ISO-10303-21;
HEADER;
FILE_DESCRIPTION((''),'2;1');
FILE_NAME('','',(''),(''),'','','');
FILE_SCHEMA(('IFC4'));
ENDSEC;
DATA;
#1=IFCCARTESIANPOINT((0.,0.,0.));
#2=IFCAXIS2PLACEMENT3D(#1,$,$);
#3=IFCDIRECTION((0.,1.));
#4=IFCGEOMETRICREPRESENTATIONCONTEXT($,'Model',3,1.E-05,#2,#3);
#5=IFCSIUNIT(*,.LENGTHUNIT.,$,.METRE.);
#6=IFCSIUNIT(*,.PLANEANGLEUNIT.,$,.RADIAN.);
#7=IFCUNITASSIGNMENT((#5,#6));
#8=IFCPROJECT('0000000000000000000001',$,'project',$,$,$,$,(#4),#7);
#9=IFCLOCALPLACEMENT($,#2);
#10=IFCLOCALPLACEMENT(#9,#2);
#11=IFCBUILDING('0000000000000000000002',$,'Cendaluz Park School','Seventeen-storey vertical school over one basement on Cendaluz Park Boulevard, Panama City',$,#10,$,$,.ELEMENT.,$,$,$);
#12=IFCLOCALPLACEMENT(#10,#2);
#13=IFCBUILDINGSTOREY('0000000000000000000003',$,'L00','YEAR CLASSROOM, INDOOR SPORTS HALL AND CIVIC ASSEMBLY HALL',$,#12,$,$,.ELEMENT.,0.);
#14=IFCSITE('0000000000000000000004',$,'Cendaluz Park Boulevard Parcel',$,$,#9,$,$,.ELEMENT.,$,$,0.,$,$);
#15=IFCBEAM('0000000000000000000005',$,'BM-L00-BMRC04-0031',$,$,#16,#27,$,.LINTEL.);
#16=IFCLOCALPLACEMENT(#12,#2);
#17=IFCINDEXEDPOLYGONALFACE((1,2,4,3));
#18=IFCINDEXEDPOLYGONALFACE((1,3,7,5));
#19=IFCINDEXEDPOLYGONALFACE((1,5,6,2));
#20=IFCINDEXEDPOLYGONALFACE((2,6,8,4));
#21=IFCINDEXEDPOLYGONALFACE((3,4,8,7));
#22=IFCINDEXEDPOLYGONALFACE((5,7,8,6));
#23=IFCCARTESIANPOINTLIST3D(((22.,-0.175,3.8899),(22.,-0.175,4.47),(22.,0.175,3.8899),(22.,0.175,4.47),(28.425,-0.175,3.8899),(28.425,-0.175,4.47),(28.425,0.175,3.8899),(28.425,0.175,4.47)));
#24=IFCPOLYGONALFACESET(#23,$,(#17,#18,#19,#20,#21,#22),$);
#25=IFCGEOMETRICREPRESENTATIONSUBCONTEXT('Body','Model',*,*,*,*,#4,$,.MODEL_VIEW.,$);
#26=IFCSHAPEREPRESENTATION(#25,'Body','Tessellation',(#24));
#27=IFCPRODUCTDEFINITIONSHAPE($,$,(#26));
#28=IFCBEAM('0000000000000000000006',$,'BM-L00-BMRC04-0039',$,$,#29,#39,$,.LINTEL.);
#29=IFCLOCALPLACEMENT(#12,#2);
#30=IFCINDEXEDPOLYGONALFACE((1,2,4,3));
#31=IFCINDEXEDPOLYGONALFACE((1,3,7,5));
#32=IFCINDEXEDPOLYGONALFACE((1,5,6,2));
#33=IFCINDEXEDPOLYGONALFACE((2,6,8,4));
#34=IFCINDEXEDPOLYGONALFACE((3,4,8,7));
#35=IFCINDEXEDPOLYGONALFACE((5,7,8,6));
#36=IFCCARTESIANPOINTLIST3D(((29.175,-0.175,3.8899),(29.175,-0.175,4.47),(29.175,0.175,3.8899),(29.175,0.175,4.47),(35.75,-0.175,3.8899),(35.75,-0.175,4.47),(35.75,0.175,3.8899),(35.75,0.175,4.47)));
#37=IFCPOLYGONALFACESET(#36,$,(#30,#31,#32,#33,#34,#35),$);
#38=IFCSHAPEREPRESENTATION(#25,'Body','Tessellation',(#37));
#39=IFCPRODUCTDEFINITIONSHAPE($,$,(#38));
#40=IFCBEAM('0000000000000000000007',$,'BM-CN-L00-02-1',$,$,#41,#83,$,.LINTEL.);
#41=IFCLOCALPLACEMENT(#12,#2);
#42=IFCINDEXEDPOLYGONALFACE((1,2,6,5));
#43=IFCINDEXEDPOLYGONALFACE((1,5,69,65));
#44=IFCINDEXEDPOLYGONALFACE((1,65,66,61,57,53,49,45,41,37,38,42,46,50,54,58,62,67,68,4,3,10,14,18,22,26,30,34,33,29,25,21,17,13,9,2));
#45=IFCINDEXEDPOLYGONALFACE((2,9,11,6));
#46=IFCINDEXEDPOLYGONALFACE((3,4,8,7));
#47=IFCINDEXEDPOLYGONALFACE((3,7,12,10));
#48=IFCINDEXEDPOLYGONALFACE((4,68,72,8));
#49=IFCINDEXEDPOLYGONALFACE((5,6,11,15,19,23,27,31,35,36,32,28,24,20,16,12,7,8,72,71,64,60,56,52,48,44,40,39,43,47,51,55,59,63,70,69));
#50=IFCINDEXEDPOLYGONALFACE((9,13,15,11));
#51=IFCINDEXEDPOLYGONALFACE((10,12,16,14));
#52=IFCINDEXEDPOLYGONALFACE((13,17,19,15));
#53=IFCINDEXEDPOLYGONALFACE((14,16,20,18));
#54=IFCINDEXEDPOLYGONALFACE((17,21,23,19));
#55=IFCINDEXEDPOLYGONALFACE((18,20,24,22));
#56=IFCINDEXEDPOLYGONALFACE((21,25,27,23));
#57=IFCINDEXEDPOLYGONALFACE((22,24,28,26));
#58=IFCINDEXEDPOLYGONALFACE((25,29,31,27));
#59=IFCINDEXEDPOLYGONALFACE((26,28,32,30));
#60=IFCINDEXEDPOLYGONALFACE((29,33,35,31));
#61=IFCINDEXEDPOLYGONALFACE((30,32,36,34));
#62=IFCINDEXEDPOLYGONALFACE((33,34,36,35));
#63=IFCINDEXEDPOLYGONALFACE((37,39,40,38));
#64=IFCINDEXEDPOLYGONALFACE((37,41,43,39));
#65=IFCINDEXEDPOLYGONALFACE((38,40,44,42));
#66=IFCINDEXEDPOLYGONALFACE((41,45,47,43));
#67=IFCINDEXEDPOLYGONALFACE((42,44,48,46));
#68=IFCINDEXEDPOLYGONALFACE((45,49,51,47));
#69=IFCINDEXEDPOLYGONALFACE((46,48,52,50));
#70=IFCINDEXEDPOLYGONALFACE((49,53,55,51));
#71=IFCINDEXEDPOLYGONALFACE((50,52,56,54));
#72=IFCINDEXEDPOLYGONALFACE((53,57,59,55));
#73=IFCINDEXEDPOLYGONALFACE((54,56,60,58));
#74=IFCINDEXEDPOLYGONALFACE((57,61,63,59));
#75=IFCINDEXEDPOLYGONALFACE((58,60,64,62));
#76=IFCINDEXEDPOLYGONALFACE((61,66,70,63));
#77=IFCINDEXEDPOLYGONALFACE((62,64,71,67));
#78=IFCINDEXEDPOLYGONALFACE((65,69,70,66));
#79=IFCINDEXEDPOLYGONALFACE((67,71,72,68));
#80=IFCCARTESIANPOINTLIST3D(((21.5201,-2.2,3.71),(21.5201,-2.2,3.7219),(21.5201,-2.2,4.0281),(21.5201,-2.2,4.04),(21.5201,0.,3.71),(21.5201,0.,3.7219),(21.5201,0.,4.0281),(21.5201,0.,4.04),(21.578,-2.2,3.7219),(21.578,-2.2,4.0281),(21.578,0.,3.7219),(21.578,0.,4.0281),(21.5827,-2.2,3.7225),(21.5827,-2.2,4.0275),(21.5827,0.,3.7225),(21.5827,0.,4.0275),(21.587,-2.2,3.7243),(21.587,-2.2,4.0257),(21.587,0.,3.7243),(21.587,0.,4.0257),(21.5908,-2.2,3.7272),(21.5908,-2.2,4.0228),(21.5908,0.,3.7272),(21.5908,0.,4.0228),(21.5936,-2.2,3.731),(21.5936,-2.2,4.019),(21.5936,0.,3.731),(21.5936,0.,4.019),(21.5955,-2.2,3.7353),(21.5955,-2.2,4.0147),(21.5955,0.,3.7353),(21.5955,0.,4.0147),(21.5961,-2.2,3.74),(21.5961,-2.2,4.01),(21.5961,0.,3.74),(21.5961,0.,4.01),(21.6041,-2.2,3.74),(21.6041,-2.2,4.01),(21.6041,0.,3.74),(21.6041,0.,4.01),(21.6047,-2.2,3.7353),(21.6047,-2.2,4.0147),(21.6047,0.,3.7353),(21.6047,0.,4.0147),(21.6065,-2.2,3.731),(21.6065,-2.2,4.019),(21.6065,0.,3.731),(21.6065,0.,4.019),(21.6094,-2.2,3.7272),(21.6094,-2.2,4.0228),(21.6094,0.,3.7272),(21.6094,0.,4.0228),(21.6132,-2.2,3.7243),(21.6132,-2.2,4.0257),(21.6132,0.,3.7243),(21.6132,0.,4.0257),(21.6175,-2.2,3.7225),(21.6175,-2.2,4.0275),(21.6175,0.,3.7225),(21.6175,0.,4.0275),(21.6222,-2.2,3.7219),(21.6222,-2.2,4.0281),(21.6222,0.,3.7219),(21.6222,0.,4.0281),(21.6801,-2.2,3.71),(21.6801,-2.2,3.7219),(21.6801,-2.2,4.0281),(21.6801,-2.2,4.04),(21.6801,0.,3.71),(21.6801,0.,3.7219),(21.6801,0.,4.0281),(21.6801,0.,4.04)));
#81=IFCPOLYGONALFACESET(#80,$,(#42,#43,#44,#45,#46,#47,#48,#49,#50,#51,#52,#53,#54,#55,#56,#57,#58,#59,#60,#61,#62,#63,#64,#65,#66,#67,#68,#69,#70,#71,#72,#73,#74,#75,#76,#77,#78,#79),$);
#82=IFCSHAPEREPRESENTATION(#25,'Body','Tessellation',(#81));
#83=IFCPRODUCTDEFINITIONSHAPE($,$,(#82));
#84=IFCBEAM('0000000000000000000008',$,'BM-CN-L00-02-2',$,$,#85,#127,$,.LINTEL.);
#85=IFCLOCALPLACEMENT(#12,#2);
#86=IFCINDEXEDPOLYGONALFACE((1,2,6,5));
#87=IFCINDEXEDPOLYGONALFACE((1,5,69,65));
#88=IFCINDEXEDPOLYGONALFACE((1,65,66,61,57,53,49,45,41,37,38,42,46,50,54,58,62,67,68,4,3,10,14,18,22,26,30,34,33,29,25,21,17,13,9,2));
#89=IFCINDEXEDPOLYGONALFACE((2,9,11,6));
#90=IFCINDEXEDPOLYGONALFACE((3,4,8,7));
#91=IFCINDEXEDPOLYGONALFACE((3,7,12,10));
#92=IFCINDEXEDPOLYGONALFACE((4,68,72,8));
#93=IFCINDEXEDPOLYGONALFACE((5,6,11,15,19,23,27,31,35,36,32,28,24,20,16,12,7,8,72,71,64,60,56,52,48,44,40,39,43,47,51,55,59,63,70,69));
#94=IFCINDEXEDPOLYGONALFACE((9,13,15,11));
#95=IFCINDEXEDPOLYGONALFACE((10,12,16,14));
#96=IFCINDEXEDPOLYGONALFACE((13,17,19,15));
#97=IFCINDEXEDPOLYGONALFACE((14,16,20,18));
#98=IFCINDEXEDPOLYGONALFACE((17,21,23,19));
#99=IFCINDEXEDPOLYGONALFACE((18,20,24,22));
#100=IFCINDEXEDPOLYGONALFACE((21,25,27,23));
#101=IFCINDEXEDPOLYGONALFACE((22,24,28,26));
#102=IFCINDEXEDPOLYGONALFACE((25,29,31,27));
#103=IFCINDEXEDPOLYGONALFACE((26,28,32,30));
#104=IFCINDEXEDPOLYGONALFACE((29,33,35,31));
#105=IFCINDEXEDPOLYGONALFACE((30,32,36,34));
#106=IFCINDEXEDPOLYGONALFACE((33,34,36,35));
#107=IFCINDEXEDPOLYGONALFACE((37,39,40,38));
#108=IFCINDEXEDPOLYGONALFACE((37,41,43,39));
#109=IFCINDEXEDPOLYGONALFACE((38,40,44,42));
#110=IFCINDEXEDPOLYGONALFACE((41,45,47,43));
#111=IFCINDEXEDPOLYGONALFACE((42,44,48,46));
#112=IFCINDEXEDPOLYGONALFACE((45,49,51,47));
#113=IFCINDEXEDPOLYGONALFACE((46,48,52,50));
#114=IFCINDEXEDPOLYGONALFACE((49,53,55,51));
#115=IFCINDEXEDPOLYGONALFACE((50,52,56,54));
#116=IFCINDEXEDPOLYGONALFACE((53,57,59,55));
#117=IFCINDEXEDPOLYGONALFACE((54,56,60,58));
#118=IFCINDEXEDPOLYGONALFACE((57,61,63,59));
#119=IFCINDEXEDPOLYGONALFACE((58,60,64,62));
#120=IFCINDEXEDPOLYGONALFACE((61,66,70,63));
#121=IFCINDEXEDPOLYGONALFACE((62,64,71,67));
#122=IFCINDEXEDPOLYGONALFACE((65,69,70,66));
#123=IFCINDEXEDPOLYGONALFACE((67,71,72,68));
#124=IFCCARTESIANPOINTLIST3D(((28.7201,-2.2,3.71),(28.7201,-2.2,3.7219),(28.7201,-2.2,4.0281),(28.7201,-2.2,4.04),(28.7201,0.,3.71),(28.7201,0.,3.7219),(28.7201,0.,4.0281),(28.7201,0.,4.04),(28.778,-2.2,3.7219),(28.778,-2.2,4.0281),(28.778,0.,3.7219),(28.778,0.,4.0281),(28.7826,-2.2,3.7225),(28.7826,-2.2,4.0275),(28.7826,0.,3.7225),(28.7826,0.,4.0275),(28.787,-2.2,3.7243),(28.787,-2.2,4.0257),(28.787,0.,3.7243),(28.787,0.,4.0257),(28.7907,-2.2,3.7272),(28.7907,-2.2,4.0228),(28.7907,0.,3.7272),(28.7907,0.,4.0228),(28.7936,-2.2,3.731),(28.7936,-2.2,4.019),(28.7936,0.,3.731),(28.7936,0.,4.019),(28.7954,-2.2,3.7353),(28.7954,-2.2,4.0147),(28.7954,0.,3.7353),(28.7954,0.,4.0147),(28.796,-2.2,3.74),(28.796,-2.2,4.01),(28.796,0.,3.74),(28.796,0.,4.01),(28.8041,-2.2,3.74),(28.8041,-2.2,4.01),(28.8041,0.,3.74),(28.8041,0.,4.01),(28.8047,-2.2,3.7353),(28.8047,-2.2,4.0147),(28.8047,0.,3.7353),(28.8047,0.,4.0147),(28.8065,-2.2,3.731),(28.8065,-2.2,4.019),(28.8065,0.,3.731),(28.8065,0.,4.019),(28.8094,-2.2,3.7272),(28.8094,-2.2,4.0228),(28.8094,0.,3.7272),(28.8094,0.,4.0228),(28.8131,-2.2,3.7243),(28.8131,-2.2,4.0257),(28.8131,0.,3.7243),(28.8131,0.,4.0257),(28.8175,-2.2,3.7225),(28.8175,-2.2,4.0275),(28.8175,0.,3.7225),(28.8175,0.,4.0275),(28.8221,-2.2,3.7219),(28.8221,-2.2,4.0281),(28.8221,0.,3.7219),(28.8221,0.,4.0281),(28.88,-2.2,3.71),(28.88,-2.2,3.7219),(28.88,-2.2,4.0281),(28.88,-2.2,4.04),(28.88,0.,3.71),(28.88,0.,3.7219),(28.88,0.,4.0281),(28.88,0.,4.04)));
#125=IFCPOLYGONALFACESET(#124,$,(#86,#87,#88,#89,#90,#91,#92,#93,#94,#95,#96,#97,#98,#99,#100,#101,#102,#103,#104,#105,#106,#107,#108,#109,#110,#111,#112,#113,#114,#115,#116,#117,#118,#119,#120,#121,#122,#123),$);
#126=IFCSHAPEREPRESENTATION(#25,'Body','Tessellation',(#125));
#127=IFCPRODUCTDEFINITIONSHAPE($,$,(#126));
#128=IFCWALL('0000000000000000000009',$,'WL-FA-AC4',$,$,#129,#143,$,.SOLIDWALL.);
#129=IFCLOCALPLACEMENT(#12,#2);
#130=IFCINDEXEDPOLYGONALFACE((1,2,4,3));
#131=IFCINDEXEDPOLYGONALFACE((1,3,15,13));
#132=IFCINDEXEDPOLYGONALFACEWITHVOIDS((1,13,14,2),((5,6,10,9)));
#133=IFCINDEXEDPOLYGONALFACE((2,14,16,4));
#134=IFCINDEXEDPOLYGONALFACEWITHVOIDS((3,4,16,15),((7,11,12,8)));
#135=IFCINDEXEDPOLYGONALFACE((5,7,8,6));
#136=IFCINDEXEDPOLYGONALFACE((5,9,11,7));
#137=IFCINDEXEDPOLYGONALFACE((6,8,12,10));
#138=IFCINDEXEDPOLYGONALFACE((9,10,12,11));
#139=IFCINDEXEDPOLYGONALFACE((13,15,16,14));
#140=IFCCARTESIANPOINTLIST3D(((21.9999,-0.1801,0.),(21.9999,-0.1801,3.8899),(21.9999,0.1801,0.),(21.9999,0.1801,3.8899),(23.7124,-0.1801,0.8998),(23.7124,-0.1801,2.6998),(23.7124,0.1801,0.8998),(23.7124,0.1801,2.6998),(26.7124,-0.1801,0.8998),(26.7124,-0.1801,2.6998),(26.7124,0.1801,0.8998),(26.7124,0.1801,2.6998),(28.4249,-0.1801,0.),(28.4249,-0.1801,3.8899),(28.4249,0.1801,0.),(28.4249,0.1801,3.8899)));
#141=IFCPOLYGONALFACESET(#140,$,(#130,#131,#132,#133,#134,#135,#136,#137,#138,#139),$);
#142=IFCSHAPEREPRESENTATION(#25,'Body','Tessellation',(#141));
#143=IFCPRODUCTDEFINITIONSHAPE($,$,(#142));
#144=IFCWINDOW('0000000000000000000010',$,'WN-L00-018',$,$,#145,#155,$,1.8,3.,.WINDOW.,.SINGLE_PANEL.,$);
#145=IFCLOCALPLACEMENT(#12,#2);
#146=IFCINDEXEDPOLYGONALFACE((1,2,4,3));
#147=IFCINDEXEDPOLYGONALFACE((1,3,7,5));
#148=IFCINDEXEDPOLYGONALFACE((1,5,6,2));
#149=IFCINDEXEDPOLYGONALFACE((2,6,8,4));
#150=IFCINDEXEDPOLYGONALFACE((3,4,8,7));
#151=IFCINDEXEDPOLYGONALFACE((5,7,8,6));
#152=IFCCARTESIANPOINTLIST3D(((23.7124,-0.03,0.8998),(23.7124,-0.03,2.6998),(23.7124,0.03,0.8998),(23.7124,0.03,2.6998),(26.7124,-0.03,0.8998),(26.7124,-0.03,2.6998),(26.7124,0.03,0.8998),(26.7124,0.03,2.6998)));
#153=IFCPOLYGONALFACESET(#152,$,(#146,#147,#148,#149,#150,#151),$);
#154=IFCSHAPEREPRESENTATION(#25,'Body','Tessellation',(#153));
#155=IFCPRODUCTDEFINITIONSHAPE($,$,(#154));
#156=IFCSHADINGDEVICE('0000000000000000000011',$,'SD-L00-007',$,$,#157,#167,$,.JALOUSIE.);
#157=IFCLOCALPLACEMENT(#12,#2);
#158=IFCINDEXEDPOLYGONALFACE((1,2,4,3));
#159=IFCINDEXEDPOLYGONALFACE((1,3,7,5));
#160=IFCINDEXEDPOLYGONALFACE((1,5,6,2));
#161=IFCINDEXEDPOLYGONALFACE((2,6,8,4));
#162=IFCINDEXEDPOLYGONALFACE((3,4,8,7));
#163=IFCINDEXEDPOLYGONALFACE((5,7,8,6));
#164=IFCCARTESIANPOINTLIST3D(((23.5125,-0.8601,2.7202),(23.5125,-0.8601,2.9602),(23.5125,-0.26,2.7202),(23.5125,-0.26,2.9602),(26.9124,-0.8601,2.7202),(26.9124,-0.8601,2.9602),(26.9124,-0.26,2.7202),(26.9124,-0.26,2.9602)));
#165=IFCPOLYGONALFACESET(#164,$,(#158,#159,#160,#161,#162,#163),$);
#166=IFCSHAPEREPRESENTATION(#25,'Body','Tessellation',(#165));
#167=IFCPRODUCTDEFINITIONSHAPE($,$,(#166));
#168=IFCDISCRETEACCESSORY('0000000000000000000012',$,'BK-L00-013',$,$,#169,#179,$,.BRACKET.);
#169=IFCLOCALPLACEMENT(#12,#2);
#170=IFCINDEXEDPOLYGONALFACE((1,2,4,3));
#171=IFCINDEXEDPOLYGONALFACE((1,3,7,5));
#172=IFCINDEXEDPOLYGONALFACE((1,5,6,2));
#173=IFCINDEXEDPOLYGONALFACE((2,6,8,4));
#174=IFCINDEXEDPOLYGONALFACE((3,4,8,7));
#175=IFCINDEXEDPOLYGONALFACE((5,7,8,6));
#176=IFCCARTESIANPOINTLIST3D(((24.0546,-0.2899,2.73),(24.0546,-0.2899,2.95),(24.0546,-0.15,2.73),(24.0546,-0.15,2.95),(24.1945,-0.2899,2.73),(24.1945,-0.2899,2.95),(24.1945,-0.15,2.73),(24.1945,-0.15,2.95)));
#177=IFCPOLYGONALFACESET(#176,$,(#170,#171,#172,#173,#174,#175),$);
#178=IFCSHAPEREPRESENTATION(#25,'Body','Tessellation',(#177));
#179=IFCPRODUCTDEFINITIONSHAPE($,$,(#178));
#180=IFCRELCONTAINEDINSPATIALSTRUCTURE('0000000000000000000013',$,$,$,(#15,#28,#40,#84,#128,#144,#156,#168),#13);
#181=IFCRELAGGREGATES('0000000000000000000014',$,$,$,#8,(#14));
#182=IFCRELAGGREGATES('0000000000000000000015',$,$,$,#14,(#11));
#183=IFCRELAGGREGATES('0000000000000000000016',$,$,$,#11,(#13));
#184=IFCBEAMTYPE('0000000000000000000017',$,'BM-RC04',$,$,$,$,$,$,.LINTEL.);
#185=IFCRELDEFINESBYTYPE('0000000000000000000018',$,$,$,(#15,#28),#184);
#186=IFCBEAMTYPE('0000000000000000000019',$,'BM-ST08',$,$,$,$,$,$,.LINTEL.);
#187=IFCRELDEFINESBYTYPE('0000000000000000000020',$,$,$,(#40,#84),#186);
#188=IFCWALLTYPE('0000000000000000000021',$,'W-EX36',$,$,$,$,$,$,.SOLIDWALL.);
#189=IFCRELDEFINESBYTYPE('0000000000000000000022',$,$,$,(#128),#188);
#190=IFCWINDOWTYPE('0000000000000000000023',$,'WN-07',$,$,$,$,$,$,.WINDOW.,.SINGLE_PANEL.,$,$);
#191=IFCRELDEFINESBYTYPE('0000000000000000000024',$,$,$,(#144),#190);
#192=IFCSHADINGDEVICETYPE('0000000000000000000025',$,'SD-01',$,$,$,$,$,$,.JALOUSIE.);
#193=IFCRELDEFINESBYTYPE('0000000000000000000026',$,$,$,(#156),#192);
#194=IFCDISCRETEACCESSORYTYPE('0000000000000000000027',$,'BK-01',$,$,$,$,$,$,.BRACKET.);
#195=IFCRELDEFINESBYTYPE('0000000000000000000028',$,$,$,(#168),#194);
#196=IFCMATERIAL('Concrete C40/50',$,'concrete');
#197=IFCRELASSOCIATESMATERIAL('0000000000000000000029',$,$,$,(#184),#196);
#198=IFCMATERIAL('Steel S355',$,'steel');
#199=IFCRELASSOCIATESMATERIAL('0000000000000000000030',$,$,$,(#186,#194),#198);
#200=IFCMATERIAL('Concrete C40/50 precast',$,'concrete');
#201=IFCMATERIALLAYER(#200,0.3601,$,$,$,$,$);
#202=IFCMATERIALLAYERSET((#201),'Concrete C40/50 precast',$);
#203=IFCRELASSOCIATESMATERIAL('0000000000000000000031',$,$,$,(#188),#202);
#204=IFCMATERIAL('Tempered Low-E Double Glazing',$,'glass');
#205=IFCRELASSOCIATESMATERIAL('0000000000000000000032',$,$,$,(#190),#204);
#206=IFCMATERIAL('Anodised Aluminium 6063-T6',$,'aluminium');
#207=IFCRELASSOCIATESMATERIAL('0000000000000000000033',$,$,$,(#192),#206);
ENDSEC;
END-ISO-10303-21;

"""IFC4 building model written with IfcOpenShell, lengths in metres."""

from ifc_helpers import new_model, si_unit, direction, frame, frame_2d, origin, origin_2d, place, context, subcontext, project, spatial, rectangle, i_section, extrude, material, layer, layer_set, material_profile, profile_set, type_object, element, fill, save


model = new_model("IFC4")

# Units and contexts
model_context = context("Model", 3, precision=1e-05, world=origin(), true_north=direction((0.0, 1.0)))
body_context = subcontext(model_context, "Body", "Model", "MODEL_VIEW")
ifc_project = project(units=[si_unit("LENGTHUNIT", "METRE"), si_unit("PLANEANGLEUNIT", "RADIAN")], contexts=[model_context])

# Site, building, storey
site_placement = place(None, origin())
site = spatial("IfcSite", under=ifc_project, at=site_placement, Name="Cendaluz Park Boulevard Parcel", CompositionType="ELEMENT", RefElevation=0.0)
building_placement = place(site_placement, origin())
building = spatial("IfcBuilding", under=site, at=building_placement, Name="Cendaluz Park School", Description="Seventeen-storey vertical school over one basement on Cendaluz Park Boulevard, Panama City", CompositionType="ELEMENT")
storey_placement = place(building_placement, origin())
storey = spatial("IfcBuildingStorey", under=building, at=storey_placement, Name="L00", Description="YEAR CLASSROOM, INDOOR SPORTS HALL AND CIVIC ASSEMBLY HALL", CompositionType="ELEMENT", Elevation=0.0)

# Shared definitions
ifc_material_1 = material(Name="Concrete C40/50", Category="concrete")

# Beams
ifc_material_profile_1 = material_profile(ifc_material_1, rectangle(XDim=0.3501, YDim=0.5801, at=origin_2d()), Name="RC 350x580", Category="concrete")
ifc_profile_set_1 = profile_set([ifc_material_profile_1], Name="Concrete C40/50")
beam_type_1 = type_object("IfcBeamType", Name="BM-RC04", PredefinedType="LINTEL", material=ifc_profile_set_1)
beam_1_placement = place(storey_placement, frame((22.0, 0.0, 4.1799), z_axis=(1.0, 0.0, 0.0), x_axis=(0.0, 1.0, 0.0)))
element("IfcBeam", 1, at=beam_1_placement, inside=storey, type_object=beam_type_1, Name="BM-L00-BMRC04-0031", PredefinedType="LINTEL", context=body_context, shape_type="SweptSolid", body=[
    extrude(rectangle(XDim=0.3501, YDim=0.5801, at=origin_2d()), origin(), (0.0, 0.0, 1.0), 6.425),
])
beam_2_placement = place(storey_placement, frame((29.175, 0.0, 4.1799), z_axis=(1.0, 0.0, 0.0), x_axis=(0.0, 1.0, 0.0)))
element("IfcBeam", 2, at=beam_2_placement, inside=storey, type_object=beam_type_1, Name="BM-L00-BMRC04-0039", PredefinedType="LINTEL", context=body_context, shape_type="SweptSolid", body=[
    extrude(rectangle(XDim=0.3501, YDim=0.5801, at=origin_2d()), origin(), (0.0, 0.0, 1.0), 6.575),
])
ifc_material_2 = material(Name="Steel S355", Category="steel")
ifc_material_profile_2 = material_profile(ifc_material_2, i_section(OverallWidth=0.1599, OverallDepth=0.3301, WebThickness=0.0081, FlangeThickness=0.012, FilletRadius=0.0181, at=origin_2d()), Name="IPE 330", Category="steel")
ifc_profile_set_2 = profile_set([ifc_material_profile_2], Name="Steel S355")
beam_type_2 = type_object("IfcBeamType", Name="BM-ST08", PredefinedType="LINTEL", material=ifc_profile_set_2)
for number, where, z_axis, x_axis, name in (
    (3, (21.6001, 0.0, 3.875), (0.0, -1.0, 0.0), (1.0, 0.0, 0.0), "BM-CN-L00-02-1"),
    (4, (28.8, 0.0, 3.875), (0.0, -1.0, 0.0), (1.0, 0.0, 0.0), "BM-CN-L00-02-2"),
):
    element("IfcBeam", number, at=place(storey_placement, frame(where, z_axis=z_axis, x_axis=x_axis)), inside=storey, type_object=beam_type_2, Name=name, PredefinedType="LINTEL", context=body_context, shape_type="SweptSolid", body=[
        extrude(i_section(OverallWidth=0.1599, OverallDepth=0.3301, WebThickness=0.0081, FlangeThickness=0.012, FilletRadius=0.0181, at=origin_2d()), origin(), (0.0, 0.0, 1.0), 2.2),
    ])

# Wall, opening, window
ifc_material_3 = material(Name="Concrete C40/50 precast", Category="concrete")
ifc_layer = layer(ifc_material_3, 0.3601)
ifc_layer_set = layer_set([ifc_layer], Name="Concrete C40/50 precast")
wall_type = type_object("IfcWallType", Name="W-EX36", PredefinedType="SOLIDWALL", material=ifc_layer_set)
wall_1_placement = place(storey_placement, frame((22.0, 0.0, 0.0), z_axis=(0.0, 0.0, 1.0), x_axis=(1.0, 0.0, 0.0)))
wall_1 = element("IfcWall", 5, at=wall_1_placement, inside=storey, type_object=wall_type, Name="WL-FA-AC4", PredefinedType="SOLIDWALL", context=body_context, shape_type="SweptSolid", body=[
    extrude(rectangle(XDim=6.425, YDim=0.3601, at=frame_2d((3.2124, 0.0))), origin(), (0.0, 0.0, 1.0), 3.8899),
])
opening_1_placement = place(wall_1_placement, frame((1.7124, 0.0, 0.8999)))
opening_1 = element("IfcOpeningElement", 6, at=opening_1_placement, cuts=wall_1, PredefinedType="OPENING", context=body_context, shape_type="SweptSolid", body=[
    extrude(rectangle(XDim=3.0, YDim=1.8, at=frame_2d((1.5, 0.8999))), frame((0.0, 0.1921, 0.0), z_axis=(0.0, -1.0, 0.0), x_axis=(1.0, 0.0, 0.0)), (0.0, 0.0, 1.0), 0.384),
])
ifc_material_4 = material(Name="Tempered Low-E Double Glazing", Category="glass")
window_type = type_object("IfcWindowType", Name="WN-07", PartitioningType="SINGLE_PANEL", PredefinedType="WINDOW", material=ifc_material_4)
window_placement = place(opening_1_placement, origin())
window = element("IfcWindow", 7, at=window_placement, inside=storey, type_object=window_type, Name="WN-L00-018", OverallHeight=1.8, OverallWidth=3.0, PartitioningType="SINGLE_PANEL", PredefinedType="WINDOW", context=body_context, shape_type="SweptSolid", body=[
    extrude(rectangle(XDim=3.0, YDim=1.8, at=frame_2d((1.5, 0.8999))), frame((0.0, 0.03, 0.0), z_axis=(0.0, -1.0, 0.0), x_axis=(1.0, 0.0, 0.0)), (0.0, 0.0, 1.0), 0.0601),
])
fill(opening_1, window)

# Shading device
ifc_material_5 = material(Name="Anodised Aluminium 6063-T6", Category="aluminium")
shading_device_type = type_object("IfcShadingDeviceType", Name="SD-01", PredefinedType="JALOUSIE", material=ifc_material_5)
shading_device_placement = place(storey_placement, frame((25.2124, -0.5601, 2.7202), z_axis=(0.0, 0.0, 1.0), x_axis=(1.0, 0.0, 0.0)))
element("IfcShadingDevice", 8, at=shading_device_placement, inside=storey, type_object=shading_device_type, Name="SD-L00-007", PredefinedType="JALOUSIE", context=body_context, shape_type="SweptSolid", body=[
    extrude(rectangle(XDim=3.3999, YDim=0.6001, at=origin_2d()), origin(), (0.0, 0.0, 1.0), 0.24),
])

# Discrete accessory
discrete_accessory_type = type_object("IfcDiscreteAccessoryType", Name="BK-01", PredefinedType="BRACKET", material=ifc_material_2)
for number, where, z_axis, x_axis, name in (
    (9, (24.1245, -0.22, 2.73), (0.0, 0.0, 1.0), (1.0, 0.0, 0.0), "BK-L00-013"),
):
    element("IfcDiscreteAccessory", number, at=place(storey_placement, frame(where, z_axis=z_axis, x_axis=x_axis)), inside=storey, type_object=discrete_accessory_type, Name=name, PredefinedType="BRACKET", context=body_context, shape_type="SweptSolid", body=[
        extrude(rectangle(XDim=0.1399, YDim=0.1399, at=origin_2d()), origin(), (0.0, 0.0, 1.0), 0.22),
    ])

save(model, "model.ifc")
